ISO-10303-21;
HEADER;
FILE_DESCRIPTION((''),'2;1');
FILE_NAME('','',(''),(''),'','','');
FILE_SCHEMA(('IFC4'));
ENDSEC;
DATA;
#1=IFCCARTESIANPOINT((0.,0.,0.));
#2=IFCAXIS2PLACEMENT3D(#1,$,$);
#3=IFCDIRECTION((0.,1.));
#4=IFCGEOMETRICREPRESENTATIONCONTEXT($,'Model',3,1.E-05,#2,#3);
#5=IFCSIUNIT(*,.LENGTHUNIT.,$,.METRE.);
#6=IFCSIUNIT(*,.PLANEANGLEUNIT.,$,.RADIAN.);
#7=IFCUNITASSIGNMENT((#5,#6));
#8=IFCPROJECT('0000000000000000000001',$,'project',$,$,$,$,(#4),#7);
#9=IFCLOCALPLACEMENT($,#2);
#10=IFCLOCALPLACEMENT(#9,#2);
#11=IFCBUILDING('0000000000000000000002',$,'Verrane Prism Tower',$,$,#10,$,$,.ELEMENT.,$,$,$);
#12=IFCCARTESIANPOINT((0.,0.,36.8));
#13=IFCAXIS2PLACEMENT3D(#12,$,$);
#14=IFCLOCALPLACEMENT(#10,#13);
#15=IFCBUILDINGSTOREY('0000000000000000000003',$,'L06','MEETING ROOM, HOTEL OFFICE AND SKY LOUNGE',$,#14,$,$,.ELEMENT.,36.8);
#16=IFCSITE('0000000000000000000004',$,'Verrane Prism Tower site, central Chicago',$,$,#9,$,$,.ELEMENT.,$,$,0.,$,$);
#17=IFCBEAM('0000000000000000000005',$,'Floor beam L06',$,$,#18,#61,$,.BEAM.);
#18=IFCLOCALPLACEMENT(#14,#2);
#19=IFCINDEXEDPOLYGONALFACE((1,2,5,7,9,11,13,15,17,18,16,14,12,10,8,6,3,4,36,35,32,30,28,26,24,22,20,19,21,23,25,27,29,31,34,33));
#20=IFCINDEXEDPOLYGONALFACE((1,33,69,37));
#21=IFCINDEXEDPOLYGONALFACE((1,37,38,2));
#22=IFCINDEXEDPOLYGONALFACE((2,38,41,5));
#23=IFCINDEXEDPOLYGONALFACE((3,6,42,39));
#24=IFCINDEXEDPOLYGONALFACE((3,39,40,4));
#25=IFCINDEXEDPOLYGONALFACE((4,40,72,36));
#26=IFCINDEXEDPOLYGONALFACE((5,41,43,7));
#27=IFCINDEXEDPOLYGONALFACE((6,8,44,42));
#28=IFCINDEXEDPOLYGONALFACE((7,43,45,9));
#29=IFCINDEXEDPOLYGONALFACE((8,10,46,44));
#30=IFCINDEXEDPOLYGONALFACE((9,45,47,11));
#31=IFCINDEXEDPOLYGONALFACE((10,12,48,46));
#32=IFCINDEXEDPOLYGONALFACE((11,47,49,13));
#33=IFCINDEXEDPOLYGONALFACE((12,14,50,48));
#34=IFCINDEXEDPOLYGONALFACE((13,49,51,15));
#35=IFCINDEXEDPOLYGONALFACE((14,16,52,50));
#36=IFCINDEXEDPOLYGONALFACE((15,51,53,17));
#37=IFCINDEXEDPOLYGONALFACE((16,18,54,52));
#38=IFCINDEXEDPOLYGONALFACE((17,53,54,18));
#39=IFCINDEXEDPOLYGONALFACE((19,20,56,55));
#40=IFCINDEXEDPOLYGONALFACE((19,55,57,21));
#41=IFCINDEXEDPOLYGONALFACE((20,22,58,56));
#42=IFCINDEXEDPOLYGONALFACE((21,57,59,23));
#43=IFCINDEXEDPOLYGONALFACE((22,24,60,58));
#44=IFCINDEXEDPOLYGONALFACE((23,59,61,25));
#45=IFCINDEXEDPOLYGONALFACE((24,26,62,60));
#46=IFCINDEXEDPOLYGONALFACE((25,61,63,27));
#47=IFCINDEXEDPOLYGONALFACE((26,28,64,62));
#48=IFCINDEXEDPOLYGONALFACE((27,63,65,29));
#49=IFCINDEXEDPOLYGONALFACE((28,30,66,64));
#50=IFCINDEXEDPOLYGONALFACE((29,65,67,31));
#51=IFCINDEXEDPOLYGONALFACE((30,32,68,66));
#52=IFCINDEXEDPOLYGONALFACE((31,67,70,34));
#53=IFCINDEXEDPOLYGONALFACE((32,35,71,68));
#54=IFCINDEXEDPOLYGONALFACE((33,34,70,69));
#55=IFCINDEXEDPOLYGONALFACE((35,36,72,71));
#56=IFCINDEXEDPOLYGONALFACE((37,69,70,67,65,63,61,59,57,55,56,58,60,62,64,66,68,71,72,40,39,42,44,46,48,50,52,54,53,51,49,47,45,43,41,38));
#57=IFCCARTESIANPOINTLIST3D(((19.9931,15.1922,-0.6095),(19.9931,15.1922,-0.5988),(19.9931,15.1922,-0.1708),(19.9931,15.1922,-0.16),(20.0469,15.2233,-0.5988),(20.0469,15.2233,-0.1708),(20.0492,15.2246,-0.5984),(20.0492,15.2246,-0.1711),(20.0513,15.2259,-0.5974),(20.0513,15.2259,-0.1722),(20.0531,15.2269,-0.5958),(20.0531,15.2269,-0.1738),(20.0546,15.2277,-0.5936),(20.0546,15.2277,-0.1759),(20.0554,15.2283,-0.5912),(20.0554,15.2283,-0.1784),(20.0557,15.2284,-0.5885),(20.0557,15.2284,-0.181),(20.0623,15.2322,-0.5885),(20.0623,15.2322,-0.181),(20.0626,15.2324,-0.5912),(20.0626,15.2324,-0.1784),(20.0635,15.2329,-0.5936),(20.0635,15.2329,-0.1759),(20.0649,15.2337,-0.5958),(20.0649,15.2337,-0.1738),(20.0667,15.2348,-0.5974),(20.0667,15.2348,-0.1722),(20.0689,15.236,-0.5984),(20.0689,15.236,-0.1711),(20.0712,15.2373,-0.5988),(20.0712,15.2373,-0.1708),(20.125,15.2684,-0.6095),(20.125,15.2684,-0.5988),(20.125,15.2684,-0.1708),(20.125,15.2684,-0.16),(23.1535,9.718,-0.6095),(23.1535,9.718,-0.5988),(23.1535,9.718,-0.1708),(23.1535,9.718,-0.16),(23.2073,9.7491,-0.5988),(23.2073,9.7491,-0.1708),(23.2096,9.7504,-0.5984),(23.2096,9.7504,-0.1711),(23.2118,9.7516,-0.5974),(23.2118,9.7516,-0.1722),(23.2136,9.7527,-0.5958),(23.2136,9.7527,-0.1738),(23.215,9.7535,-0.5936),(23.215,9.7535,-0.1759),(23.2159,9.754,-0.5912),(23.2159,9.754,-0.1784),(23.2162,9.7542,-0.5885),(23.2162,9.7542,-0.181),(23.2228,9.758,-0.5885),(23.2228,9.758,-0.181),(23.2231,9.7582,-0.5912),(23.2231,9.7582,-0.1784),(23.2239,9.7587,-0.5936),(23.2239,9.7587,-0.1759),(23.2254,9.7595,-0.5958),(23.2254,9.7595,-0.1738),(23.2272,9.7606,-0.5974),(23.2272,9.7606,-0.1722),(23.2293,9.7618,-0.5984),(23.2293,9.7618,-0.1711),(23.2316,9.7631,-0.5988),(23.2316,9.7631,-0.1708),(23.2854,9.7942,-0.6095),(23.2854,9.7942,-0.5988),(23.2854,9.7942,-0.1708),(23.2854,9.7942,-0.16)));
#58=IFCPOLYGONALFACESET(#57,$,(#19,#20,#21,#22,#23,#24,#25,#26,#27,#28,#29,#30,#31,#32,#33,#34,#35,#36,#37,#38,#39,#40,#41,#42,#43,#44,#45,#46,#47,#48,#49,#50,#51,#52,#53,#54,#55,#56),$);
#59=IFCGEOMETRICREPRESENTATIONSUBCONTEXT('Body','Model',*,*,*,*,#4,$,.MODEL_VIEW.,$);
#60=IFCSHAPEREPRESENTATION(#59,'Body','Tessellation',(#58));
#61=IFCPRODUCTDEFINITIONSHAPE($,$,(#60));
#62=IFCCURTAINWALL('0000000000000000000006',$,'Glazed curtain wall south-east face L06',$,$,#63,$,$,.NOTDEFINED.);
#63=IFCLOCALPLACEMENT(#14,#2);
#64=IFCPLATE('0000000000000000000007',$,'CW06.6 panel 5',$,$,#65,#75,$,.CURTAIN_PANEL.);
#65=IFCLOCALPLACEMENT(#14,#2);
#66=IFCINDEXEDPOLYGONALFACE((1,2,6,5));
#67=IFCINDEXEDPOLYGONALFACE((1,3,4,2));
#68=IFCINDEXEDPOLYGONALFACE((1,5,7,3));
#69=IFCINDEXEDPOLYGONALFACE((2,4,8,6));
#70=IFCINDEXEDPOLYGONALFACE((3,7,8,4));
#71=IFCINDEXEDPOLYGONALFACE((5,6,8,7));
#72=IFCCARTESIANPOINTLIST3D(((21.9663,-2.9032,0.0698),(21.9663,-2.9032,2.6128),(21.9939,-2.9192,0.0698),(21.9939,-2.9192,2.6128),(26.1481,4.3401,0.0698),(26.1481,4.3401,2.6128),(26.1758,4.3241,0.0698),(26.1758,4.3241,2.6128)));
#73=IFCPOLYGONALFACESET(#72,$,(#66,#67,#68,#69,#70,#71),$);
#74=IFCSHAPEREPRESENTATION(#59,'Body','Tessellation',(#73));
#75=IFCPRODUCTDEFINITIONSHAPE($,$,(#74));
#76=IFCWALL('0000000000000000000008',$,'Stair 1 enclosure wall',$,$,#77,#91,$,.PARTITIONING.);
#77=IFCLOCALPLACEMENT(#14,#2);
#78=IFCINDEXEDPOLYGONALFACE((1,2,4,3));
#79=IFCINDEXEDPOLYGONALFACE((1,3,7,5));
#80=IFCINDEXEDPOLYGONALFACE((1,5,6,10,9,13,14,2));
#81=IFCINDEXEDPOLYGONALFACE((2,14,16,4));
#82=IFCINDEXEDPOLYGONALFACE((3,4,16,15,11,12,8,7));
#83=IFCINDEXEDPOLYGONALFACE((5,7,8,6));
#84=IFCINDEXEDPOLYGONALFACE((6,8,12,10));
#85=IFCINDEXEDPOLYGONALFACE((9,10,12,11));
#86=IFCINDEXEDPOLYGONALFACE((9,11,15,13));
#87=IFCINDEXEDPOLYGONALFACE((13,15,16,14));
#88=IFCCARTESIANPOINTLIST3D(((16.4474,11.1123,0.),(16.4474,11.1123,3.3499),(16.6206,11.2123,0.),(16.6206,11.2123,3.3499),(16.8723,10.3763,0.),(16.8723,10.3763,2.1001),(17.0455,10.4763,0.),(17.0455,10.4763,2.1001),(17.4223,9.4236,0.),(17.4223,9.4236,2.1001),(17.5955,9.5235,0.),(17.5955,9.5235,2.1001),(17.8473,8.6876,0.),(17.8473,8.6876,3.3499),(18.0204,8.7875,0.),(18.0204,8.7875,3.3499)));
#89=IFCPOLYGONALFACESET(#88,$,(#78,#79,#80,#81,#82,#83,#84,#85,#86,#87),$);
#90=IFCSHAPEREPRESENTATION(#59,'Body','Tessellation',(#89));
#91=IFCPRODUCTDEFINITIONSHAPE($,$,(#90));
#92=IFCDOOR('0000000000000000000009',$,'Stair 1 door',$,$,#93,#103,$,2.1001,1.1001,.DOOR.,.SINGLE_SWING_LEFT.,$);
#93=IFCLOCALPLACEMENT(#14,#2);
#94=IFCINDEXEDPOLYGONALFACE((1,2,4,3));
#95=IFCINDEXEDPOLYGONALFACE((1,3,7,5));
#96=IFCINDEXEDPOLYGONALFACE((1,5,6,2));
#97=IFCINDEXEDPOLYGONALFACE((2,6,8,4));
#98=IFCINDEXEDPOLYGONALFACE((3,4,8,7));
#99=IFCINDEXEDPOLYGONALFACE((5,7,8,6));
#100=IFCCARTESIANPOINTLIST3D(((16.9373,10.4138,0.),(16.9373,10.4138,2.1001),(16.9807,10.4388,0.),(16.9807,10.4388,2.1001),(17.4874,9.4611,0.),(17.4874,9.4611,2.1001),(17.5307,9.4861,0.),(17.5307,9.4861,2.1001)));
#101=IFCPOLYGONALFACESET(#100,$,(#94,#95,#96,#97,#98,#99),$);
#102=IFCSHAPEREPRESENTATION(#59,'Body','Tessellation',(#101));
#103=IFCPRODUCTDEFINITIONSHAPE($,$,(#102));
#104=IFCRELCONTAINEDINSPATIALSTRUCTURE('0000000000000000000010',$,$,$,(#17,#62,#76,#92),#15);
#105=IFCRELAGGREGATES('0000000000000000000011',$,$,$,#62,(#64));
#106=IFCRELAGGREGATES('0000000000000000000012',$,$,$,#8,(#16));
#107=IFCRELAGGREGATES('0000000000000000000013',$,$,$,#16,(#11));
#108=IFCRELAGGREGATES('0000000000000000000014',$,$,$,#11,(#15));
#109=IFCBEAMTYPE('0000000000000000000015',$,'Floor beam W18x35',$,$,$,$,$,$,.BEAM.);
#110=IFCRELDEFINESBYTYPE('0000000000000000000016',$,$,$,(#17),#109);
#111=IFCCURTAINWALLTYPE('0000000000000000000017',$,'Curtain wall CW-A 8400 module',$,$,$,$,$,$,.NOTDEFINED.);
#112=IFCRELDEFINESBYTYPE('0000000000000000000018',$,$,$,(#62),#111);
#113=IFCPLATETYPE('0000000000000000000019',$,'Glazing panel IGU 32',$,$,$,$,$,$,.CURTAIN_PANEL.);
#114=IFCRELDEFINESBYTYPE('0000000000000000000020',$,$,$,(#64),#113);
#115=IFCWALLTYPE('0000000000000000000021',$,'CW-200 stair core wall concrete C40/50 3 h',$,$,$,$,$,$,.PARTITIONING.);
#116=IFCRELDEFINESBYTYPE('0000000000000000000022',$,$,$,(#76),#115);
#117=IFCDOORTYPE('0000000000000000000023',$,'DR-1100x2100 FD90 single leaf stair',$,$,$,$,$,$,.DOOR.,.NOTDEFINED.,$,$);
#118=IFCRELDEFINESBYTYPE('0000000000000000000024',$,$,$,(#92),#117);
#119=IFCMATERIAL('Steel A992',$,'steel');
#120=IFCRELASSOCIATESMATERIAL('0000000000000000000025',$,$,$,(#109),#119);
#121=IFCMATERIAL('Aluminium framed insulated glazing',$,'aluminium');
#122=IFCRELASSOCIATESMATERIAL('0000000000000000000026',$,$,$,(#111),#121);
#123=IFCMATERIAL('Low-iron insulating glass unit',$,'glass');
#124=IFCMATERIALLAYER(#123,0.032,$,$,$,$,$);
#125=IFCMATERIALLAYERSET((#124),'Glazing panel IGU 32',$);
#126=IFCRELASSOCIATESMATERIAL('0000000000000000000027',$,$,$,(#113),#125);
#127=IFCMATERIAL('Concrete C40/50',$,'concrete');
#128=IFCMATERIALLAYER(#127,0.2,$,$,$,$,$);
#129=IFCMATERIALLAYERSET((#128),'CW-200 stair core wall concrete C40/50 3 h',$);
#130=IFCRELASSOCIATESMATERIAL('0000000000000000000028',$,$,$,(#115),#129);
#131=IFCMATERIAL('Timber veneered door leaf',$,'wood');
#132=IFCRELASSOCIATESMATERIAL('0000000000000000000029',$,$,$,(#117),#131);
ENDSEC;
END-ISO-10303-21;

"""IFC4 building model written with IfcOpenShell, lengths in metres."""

from ifc_helpers import new_model, si_unit, direction, frame, frame_2d, origin, origin_2d, place, context, subcontext, project, spatial, rectangle, i_section, extrude, material, layer, layer_set, material_profile, profile_set, type_object, element, fill, aggregate, save


model = new_model("IFC4")

# Units and contexts
model_context = context("Model", 3, precision=1e-05, world=origin(), true_north=direction((0.0, 1.0)))
body_context = subcontext(model_context, "Body", "Model", "MODEL_VIEW")
ifc_project = project(units=[si_unit("LENGTHUNIT", "METRE"), si_unit("PLANEANGLEUNIT", "RADIAN")], contexts=[model_context])

# Site, building, storey
site_placement = place(None, origin())
site = spatial("IfcSite", under=ifc_project, at=site_placement, Name="Verrane Prism Tower site, central Chicago", CompositionType="ELEMENT", RefElevation=0.0)
building_placement = place(site_placement, origin())
building = spatial("IfcBuilding", under=site, at=building_placement, Name="Verrane Prism Tower", CompositionType="ELEMENT")
storey_placement = place(building_placement, frame((0.0, 0.0, 36.8)))
storey = spatial("IfcBuildingStorey", under=building, at=storey_placement, Name="L06", Description="MEETING ROOM, HOTEL OFFICE AND SKY LOUNGE", CompositionType="ELEMENT", Elevation=36.8)

# Beam
ifc_material_1 = material(Name="Steel A992", Category="steel")
ifc_material_profile_1 = material_profile(ifc_material_1, i_section(OverallWidth=0.1523, OverallDepth=0.4495, WebThickness=0.0076, FlangeThickness=0.0107, FilletRadius=0.0103, at=origin_2d()), Name="W18x35")
ifc_profile_set_1 = profile_set([ifc_material_profile_1], Name="Steel A992")
beam_type_1 = type_object("IfcBeamType", Name="Floor beam W18x35", PredefinedType="BEAM", material=ifc_profile_set_1)
beam_1_placement = place(storey_placement, frame((23.2195, 9.7561, -0.3848), z_axis=(-0.49999, 0.866031, 0.0), x_axis=(-0.866031, -0.49999, 0.0)))
element("IfcBeam", 1, at=beam_1_placement, inside=storey, type_object=beam_type_1, Name="Floor beam L06", PredefinedType="BEAM", context=body_context, shape_type="SweptSolid", body=[
    extrude(i_section(OverallWidth=0.1523, OverallDepth=0.4495, WebThickness=0.0076, FlangeThickness=0.0107, FilletRadius=0.0103, at=origin_2d()), origin(), (0.0, 0.0, 1.0), 6.321),
])

# Curtain wall, plate
ifc_material_2 = material(Name="Aluminium framed insulated glazing", Category="aluminium")
curtain_wall_type = type_object("IfcCurtainWallType", Name="Curtain wall CW-A 8400 module", PredefinedType="NOTDEFINED", material=ifc_material_2)
curtain_wall_placement = place(storey_placement, origin())
curtain_wall = element("IfcCurtainWall", 2, at=curtain_wall_placement, inside=storey, type_object=curtain_wall_type, Name="Glazed curtain wall south-east face L06", PredefinedType="NOTDEFINED")
ifc_material_3 = material(Name="Low-iron insulating glass unit", Category="glass")
ifc_layer_1 = layer(ifc_material_3, 0.032)
ifc_layer_set_1 = layer_set([ifc_layer_1], Name="Glazing panel IGU 32")
plate_type = type_object("IfcPlateType", Name="Glazing panel IGU 32", PredefinedType="CURTAIN_PANEL", material=ifc_layer_set_1)
plate_placement = place(storey_placement, frame((24.071, 0.7104, 0.0698), z_axis=(0.0, 0.0, 1.0), x_axis=(0.5, 0.866025, 0.0)))
plate = element("IfcPlate", 3, at=plate_placement, type_object=plate_type, Name="CW06.6 panel 5", PredefinedType="CURTAIN_PANEL", context=body_context, shape_type="SweptSolid", body=[
    extrude(rectangle(XDim=8.3638, YDim=0.032, at=origin_2d()), origin(), (0.0, 0.0, 1.0), 2.543),
])
aggregate(curtain_wall, [plate])

# Wall, opening, door
ifc_material_4 = material(Name="Concrete C40/50", Category="concrete")
ifc_layer_2 = layer(ifc_material_4, 0.2)
ifc_layer_set_2 = layer_set([ifc_layer_2], Name="CW-200 stair core wall concrete C40/50 3 h")
wall_type_1 = type_object("IfcWallType", Name="CW-200 stair core wall concrete C40/50 3 h", PredefinedType="PARTITIONING", material=ifc_layer_set_2)
wall_1_placement = place(storey_placement, frame((17.9338, 8.7375, 0.0), z_axis=(0.0, 0.0, 1.0), x_axis=(-0.499984, 0.866035, 0.0)))
wall_1 = element("IfcWall", 4, at=wall_1_placement, inside=storey, type_object=wall_type_1, Name="Stair 1 enclosure wall", PredefinedType="PARTITIONING", context=body_context, shape_type="SweptSolid", body=[
    extrude(rectangle(XDim=2.7998, YDim=0.2, at=frame_2d((1.3999, 0.0))), origin(), (0.0, 0.0, 1.0), 3.3499),
])
opening_1_placement = place(wall_1_placement, frame((0.8499, 0.0, 0.0)))
opening_1 = element("IfcOpeningElement", 5, at=opening_1_placement, cuts=wall_1, PredefinedType="OPENING", context=body_context, shape_type="SweptSolid", body=[
    extrude(rectangle(XDim=1.1001, YDim=2.1001, at=frame_2d((0.55, 1.05))), frame((0.0, 0.1099, 0.0), z_axis=(0.0, -1.0, 0.0), x_axis=(1.0, 0.0, 0.0)), (0.0, 0.0, 1.0), 0.22),
])
ifc_material_5 = material(Name="Timber veneered door leaf", Category="wood")
door_type_1 = type_object("IfcDoorType", Name="DR-1100x2100 FD90 single leaf stair", OperationType="NOTDEFINED", PredefinedType="DOOR", material=ifc_material_5)
door_1_placement = place(opening_1_placement, origin())
door_1 = element("IfcDoor", 6, at=door_1_placement, inside=storey, type_object=door_type_1, Name="Stair 1 door", OperationType="SINGLE_SWING_LEFT", OverallHeight=2.1001, OverallWidth=1.1001, PredefinedType="DOOR", context=body_context, shape_type="SweptSolid", body=[
    extrude(rectangle(XDim=1.1001, YDim=2.1001, at=frame_2d((0.55, 1.05))), frame((0.0, 0.0249, 0.0), z_axis=(0.0, -1.0, 0.0), x_axis=(1.0, 0.0, 0.0)), (0.0, 0.0, 1.0), 0.05),
])
fill(opening_1, door_1)

save(model, "model.ifc")
